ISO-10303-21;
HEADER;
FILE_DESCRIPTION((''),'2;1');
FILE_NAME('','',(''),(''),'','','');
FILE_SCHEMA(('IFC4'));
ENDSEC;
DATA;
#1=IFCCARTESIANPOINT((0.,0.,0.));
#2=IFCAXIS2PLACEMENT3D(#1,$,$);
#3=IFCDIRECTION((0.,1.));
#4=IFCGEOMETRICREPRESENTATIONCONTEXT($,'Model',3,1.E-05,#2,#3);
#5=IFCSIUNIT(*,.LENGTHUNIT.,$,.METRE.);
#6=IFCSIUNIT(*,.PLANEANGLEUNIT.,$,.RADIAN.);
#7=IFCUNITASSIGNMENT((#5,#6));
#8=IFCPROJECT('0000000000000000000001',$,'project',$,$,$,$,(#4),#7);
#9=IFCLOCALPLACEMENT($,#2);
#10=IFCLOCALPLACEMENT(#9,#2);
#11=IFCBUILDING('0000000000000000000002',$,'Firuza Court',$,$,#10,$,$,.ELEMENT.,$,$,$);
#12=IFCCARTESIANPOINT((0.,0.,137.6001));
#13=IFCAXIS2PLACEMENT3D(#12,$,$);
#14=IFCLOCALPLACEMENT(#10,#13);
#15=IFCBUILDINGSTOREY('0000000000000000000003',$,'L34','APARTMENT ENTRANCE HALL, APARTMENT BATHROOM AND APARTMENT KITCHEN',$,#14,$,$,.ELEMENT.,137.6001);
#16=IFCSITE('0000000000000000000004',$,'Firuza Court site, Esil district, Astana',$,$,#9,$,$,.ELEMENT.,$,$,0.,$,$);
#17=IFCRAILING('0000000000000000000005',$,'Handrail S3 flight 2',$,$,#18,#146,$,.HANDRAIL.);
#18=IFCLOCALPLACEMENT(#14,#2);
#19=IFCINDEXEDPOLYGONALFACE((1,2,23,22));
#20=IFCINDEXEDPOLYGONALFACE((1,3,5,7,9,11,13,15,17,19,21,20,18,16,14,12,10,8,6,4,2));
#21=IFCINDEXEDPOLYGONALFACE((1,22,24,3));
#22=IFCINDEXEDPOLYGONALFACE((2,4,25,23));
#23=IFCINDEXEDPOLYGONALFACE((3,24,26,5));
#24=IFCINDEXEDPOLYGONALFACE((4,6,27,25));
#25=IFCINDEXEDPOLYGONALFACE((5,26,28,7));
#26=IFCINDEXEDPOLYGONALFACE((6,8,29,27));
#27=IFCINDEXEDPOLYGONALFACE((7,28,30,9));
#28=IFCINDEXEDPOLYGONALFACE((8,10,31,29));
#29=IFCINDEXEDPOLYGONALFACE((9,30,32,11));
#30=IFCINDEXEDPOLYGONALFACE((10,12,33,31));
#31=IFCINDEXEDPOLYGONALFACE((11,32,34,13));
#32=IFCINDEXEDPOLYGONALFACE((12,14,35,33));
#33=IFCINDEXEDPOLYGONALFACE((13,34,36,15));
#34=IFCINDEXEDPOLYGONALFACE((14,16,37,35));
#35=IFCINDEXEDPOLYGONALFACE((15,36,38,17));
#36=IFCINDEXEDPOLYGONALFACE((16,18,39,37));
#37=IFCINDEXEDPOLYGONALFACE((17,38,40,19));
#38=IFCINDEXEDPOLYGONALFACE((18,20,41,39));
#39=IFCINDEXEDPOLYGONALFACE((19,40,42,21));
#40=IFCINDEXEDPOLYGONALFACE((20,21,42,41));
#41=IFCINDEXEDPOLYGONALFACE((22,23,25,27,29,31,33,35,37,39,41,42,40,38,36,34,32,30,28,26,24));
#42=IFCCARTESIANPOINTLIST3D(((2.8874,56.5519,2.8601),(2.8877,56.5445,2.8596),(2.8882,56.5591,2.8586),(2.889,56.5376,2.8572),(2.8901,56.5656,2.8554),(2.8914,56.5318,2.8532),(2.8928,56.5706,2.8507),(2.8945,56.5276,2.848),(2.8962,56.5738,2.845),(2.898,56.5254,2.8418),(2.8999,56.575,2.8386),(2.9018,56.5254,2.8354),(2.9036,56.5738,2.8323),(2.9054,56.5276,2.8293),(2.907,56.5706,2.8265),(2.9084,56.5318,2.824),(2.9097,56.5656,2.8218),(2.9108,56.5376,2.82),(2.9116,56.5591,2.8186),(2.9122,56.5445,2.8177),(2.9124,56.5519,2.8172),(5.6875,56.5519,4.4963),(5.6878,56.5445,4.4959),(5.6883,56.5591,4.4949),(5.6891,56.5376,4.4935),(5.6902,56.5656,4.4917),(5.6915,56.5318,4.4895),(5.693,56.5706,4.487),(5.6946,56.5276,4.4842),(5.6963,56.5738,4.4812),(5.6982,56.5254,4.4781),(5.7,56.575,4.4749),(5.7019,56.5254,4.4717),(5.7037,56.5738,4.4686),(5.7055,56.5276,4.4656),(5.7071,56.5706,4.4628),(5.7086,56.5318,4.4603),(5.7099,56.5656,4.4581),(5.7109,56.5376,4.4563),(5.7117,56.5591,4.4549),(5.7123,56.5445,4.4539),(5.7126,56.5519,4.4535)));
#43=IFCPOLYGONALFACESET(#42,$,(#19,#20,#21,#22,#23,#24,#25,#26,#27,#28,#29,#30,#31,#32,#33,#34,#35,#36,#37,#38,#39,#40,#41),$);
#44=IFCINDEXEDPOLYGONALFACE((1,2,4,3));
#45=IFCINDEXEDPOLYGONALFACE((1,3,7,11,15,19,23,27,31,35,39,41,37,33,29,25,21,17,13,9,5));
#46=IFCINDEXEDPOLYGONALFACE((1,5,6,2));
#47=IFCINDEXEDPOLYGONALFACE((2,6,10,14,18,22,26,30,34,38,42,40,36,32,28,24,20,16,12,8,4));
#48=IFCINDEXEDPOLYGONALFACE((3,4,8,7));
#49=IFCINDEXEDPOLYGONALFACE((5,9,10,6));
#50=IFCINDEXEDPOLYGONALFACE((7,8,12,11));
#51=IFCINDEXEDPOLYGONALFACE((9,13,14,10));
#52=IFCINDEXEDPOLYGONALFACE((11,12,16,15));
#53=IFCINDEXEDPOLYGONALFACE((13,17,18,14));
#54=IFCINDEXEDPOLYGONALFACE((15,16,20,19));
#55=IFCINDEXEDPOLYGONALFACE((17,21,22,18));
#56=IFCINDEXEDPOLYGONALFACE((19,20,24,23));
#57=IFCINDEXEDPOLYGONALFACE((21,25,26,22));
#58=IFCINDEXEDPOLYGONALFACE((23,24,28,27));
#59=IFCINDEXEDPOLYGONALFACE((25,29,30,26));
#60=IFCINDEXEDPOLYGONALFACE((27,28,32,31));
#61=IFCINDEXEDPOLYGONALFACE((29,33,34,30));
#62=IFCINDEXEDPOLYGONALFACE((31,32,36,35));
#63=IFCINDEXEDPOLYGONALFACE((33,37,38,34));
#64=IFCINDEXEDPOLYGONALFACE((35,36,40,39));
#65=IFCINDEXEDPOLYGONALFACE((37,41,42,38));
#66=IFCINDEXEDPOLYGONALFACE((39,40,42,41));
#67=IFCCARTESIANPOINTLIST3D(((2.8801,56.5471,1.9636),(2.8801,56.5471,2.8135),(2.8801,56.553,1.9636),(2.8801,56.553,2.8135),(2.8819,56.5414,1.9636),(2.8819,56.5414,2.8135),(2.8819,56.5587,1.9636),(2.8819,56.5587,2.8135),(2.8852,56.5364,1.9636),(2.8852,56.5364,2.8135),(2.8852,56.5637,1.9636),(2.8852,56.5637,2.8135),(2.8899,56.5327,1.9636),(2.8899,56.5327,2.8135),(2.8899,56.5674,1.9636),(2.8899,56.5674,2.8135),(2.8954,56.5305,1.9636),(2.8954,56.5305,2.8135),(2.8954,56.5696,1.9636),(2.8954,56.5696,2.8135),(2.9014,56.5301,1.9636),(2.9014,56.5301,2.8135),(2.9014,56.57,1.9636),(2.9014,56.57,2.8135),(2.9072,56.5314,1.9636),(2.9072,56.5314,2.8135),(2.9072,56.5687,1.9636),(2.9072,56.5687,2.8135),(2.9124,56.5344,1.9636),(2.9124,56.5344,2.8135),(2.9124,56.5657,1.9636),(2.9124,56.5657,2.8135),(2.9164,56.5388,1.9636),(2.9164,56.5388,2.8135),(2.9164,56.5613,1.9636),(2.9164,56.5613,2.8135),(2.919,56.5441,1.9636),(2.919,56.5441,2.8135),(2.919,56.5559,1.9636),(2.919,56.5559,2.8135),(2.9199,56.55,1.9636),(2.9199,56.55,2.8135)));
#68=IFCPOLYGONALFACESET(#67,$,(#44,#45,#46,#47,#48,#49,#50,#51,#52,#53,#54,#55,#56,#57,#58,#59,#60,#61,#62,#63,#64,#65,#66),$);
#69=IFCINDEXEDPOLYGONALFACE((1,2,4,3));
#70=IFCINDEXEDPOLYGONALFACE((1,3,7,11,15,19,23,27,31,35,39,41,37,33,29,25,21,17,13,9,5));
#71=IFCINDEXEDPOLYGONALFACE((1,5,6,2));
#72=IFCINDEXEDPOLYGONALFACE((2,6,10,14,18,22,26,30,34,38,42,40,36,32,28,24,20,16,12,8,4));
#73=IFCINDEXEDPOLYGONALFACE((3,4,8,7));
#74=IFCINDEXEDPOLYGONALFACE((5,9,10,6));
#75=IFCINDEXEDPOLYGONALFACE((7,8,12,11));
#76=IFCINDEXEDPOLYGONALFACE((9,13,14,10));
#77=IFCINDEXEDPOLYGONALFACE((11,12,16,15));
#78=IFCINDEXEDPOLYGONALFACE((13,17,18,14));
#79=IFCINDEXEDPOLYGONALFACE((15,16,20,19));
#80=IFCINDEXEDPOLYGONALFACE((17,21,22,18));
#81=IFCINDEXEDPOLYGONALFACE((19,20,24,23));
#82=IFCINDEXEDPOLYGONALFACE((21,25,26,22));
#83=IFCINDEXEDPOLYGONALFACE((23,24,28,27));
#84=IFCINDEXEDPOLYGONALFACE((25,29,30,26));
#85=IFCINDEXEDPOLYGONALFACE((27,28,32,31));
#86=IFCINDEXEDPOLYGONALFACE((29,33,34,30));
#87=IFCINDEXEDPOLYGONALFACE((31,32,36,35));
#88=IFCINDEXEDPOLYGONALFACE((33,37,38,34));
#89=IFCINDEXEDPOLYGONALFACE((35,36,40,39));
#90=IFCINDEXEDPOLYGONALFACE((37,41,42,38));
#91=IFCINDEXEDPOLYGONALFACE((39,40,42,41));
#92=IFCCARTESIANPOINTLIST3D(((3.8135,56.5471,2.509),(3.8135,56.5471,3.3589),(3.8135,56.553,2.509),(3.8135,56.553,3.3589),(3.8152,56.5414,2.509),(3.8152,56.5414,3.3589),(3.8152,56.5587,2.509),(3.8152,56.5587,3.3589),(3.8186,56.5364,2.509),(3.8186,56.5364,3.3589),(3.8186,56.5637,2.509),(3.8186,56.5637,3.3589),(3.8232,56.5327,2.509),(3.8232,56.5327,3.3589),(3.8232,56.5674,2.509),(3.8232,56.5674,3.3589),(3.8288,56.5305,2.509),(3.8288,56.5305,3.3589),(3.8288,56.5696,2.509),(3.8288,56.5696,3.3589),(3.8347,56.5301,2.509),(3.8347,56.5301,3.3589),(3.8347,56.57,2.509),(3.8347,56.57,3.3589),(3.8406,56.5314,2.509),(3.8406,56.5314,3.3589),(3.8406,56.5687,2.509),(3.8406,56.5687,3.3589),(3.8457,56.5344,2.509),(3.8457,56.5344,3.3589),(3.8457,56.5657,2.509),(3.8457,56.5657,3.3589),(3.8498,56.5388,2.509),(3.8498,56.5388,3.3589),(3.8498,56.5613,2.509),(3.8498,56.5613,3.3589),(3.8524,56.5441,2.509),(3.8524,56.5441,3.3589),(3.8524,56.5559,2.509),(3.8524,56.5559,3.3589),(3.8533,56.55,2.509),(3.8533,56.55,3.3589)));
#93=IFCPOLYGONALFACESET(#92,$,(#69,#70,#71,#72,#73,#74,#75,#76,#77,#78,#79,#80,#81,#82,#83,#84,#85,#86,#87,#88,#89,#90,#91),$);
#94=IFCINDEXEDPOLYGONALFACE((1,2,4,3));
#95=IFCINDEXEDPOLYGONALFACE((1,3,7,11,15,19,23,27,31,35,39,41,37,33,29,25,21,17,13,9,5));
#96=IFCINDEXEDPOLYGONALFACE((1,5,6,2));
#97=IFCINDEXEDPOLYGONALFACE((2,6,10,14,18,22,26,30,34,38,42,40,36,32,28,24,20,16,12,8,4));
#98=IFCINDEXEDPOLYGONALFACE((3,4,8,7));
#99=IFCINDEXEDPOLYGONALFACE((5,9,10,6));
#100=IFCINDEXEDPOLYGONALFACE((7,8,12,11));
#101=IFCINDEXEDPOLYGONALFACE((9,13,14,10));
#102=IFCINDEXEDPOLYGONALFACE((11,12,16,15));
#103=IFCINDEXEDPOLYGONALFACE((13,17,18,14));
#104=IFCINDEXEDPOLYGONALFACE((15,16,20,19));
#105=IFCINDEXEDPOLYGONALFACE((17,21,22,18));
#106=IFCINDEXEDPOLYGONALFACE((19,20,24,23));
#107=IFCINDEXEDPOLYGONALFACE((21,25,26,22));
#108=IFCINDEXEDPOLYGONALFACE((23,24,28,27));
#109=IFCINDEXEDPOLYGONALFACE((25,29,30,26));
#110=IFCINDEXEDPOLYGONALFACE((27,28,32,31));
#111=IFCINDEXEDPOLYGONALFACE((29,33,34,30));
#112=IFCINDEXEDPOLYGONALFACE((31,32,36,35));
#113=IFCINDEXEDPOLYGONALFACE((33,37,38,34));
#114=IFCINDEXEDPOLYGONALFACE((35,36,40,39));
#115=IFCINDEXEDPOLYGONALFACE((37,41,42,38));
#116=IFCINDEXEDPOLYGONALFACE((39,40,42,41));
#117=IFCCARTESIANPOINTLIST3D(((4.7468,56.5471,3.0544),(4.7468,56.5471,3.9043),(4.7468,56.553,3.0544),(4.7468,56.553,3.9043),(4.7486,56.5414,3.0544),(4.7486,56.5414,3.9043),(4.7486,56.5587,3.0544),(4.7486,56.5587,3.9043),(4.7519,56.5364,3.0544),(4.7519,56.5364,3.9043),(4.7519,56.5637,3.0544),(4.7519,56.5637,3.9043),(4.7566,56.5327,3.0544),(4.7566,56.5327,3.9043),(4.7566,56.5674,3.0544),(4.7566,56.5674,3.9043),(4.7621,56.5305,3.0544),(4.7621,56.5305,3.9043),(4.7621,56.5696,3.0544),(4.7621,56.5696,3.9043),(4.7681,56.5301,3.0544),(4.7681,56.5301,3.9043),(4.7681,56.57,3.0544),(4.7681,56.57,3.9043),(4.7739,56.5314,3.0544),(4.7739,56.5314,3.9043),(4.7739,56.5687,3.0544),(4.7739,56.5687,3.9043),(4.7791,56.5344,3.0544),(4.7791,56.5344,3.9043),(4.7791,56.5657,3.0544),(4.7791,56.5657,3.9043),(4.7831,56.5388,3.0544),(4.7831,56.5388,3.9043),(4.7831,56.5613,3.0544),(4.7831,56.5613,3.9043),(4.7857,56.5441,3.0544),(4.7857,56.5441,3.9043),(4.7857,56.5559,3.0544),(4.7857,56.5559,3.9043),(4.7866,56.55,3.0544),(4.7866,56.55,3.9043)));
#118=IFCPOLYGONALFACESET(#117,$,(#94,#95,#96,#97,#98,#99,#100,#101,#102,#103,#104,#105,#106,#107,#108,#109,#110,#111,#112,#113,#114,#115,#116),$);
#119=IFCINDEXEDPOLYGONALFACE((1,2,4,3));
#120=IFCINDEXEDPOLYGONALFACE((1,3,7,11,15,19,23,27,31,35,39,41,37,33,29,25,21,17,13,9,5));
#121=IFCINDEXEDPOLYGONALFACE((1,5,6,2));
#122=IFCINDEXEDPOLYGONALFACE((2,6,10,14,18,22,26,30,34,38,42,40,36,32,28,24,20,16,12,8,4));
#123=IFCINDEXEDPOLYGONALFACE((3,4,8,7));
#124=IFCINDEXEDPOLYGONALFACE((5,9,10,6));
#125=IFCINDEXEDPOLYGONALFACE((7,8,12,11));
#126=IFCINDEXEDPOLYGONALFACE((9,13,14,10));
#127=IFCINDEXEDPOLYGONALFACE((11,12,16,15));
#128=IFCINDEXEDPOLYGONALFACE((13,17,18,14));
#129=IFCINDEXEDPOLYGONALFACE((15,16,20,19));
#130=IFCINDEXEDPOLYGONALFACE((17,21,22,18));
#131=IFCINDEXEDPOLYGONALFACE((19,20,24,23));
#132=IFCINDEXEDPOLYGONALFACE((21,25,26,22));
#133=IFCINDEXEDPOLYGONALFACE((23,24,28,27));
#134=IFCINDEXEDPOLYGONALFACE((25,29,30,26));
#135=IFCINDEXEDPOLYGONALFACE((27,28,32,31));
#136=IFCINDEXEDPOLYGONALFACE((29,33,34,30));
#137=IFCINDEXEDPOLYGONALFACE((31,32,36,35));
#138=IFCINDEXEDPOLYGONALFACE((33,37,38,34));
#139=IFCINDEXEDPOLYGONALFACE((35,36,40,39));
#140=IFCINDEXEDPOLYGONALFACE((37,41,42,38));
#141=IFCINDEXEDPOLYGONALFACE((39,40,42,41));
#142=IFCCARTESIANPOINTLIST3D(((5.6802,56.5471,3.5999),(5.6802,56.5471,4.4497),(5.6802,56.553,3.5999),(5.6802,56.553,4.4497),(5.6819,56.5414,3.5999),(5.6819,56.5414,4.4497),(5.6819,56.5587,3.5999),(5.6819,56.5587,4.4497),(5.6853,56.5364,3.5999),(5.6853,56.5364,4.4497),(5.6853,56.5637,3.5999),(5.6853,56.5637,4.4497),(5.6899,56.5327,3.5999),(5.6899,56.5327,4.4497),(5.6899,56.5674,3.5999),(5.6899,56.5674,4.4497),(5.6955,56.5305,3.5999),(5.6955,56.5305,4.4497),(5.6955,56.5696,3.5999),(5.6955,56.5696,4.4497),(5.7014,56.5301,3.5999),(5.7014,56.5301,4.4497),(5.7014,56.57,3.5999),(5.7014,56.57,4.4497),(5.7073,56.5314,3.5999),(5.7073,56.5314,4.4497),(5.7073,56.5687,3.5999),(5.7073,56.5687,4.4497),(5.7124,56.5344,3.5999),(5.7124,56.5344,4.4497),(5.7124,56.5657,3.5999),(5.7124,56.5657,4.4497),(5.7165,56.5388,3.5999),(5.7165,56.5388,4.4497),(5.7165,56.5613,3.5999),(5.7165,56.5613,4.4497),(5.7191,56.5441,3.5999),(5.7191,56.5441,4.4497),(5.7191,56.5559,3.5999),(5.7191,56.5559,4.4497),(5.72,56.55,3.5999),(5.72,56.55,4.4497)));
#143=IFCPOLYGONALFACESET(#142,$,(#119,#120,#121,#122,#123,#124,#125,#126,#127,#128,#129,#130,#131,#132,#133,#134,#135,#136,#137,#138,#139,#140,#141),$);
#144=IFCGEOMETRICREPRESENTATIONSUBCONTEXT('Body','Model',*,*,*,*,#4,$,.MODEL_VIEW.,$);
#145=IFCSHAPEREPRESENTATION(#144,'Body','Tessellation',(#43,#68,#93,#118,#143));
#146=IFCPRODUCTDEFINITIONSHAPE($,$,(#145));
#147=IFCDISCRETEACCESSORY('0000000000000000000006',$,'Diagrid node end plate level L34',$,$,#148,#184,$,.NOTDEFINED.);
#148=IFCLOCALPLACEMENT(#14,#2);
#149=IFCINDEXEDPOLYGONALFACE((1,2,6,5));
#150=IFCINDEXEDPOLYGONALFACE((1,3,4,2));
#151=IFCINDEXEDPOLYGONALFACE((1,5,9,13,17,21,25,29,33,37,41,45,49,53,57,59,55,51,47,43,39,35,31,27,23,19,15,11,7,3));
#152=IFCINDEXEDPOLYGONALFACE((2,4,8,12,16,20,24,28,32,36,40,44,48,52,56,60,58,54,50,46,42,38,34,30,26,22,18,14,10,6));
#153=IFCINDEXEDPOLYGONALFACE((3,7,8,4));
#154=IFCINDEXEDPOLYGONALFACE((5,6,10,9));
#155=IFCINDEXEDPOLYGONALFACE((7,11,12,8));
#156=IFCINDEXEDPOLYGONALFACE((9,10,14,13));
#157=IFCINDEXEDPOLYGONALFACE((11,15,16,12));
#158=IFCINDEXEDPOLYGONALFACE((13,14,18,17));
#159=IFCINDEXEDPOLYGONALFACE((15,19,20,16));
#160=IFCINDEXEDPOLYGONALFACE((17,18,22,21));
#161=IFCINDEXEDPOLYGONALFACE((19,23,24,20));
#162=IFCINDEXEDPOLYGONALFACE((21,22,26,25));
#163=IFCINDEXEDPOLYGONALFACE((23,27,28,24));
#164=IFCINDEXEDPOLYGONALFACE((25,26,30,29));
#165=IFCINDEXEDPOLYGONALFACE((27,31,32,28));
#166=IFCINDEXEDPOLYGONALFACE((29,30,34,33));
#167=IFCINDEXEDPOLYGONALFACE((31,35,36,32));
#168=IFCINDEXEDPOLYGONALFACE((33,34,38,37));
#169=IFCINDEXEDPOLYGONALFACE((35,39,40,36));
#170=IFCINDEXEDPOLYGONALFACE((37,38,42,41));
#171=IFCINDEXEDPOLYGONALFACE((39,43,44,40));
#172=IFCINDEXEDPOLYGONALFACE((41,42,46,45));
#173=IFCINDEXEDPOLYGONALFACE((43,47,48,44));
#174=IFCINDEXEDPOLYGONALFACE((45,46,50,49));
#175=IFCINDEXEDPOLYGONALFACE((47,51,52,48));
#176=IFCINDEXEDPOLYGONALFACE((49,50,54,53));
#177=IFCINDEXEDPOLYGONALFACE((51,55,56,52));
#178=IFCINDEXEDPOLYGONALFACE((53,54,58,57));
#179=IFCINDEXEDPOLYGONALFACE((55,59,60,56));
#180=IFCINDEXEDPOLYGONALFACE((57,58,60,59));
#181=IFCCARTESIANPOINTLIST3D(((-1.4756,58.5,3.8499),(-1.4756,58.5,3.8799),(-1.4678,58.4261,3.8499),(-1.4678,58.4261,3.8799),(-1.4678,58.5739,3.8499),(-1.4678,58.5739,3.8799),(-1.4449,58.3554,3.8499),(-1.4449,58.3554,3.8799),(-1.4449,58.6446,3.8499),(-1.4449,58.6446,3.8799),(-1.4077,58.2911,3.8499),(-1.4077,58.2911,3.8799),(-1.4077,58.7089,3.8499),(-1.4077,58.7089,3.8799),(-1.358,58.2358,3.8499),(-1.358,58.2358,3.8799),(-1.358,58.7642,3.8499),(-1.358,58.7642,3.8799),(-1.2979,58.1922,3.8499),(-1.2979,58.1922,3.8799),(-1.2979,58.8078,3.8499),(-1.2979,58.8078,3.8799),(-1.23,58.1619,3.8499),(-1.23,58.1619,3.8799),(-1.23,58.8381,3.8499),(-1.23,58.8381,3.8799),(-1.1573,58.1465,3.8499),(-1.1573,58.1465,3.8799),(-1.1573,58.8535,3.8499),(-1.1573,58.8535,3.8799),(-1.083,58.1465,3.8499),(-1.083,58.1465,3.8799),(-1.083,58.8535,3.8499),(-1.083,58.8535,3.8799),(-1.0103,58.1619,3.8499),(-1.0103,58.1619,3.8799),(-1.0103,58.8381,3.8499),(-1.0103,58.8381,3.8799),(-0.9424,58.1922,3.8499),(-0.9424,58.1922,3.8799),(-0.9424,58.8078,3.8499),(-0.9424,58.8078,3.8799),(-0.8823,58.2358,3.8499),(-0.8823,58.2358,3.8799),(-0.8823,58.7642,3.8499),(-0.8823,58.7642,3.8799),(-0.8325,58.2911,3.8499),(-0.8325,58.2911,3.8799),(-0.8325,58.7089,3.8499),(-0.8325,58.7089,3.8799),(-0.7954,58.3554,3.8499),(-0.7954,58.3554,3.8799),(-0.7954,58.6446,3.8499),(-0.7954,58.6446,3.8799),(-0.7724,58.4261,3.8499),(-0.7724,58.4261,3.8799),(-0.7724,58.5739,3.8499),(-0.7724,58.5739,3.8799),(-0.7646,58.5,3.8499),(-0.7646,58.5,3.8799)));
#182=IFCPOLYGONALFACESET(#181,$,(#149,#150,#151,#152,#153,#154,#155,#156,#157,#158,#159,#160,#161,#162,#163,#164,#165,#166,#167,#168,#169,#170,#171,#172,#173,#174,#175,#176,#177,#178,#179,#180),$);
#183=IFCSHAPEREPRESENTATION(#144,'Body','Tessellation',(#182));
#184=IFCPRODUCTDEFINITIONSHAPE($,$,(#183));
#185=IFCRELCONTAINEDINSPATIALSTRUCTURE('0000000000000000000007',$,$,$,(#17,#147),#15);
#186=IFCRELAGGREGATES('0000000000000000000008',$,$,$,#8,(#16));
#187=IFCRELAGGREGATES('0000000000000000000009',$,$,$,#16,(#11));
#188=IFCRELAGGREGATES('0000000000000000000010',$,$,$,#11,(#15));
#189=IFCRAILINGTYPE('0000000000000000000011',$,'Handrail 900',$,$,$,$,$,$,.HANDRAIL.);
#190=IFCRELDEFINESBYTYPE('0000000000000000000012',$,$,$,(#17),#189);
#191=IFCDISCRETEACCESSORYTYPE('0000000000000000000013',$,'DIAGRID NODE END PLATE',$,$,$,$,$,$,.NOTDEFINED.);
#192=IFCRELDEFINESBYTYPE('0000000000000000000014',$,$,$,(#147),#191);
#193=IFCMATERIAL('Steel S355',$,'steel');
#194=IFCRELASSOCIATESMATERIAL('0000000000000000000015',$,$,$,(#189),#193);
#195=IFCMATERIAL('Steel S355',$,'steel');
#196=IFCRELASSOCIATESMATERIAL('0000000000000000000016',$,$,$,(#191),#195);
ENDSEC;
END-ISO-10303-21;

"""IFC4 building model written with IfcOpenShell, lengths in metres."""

from ifc_helpers import new_model, si_unit, direction, frame, origin, origin_2d, place, context, subcontext, project, spatial, circle, extrude, material, material_profile, profile_set, type_object, element, save


model = new_model("IFC4")

# Units and contexts
model_context = context("Model", 3, precision=1e-05, world=origin(), true_north=direction((0.0, 1.0)))
body_context = subcontext(model_context, "Body", "Model", "MODEL_VIEW")
ifc_project = project(units=[si_unit("LENGTHUNIT", "METRE"), si_unit("PLANEANGLEUNIT", "RADIAN")], contexts=[model_context])

# Site, building, storey
site_placement = place(None, origin())
site = spatial("IfcSite", under=ifc_project, at=site_placement, Name="Firuza Court site, Esil district, Astana", CompositionType="ELEMENT", RefElevation=0.0)
building_placement = place(site_placement, origin())
building = spatial("IfcBuilding", under=site, at=building_placement, Name="Firuza Court", CompositionType="ELEMENT")
storey_placement = place(building_placement, frame((0.0, 0.0, 137.6001)))
storey = spatial("IfcBuildingStorey", under=building, at=storey_placement, Name="L34", Description="APARTMENT ENTRANCE HALL, APARTMENT BATHROOM AND APARTMENT KITCHEN", CompositionType="ELEMENT", Elevation=137.6001)

# Railing
ifc_material_1 = material(Name="Steel S355", Category="steel")
railing_type_1 = type_object("IfcRailingType", Name="Handrail 900", PredefinedType="HANDRAIL", material=ifc_material_1)
railing_1_placement = place(storey_placement, frame((2.8999, 56.55, 1.9636)))
element("IfcRailing", 1, at=railing_1_placement, inside=storey, type_object=railing_type_1, Name="Handrail S3 flight 2", PredefinedType="HANDRAIL", context=body_context, shape_type="SweptSolid", body=[
    extrude(circle(Radius=0.0249, at=origin_2d()), frame((0.0, 0.0, 0.875), z_axis=(0.863394, 0.0, 0.504531), x_axis=(0.0, 1.0, 0.0)), (0.0, 0.0, 1.0), 3.2432),
    extrude(circle(Radius=0.02, at=origin_2d()), origin(), (0.0, 0.0, 1.0), 0.8499),
    extrude(circle(Radius=0.02, at=origin_2d()), frame((0.9333, 0.0, 0.5454)), (0.0, 0.0, 1.0), 0.8499),
    extrude(circle(Radius=0.02, at=origin_2d()), frame((1.8667, 0.0, 1.0908)), (0.0, 0.0, 1.0), 0.8499),
    extrude(circle(Radius=0.02, at=origin_2d()), frame((2.8, 0.0, 1.6362)), (0.0, 0.0, 1.0), 0.8499),
])

# Discrete accessory
ifc_material_2 = material(Name="Steel S355", Category="steel")
ifc_material_profile_1 = material_profile(ifc_material_2, circle(Radius=0.3555, at=origin_2d()), Name="PL D711")
ifc_profile_set_1 = profile_set([ifc_material_profile_1], Name="Steel S355")
discrete_accessory_type = type_object("IfcDiscreteAccessoryType", Name="DIAGRID NODE END PLATE", PredefinedType="NOTDEFINED", material=ifc_profile_set_1)
for number, where, z_axis, x_axis, name in (
    (2, (-1.1201, 58.5, 3.8499), (0.0, 0.0, 1.0), (1.0, 0.0, 0.0), "Diagrid node end plate level L34"),
):
    element("IfcDiscreteAccessory", number, at=place(storey_placement, frame(where, z_axis=z_axis, x_axis=x_axis)), inside=storey, type_object=discrete_accessory_type, Name=name, PredefinedType="NOTDEFINED", context=body_context, shape_type="SweptSolid", body=[
        extrude(circle(Radius=0.3555, at=origin_2d()), origin(), (0.0, 0.0, 1.0), 0.03),
    ])

save(model, "model.ifc")
